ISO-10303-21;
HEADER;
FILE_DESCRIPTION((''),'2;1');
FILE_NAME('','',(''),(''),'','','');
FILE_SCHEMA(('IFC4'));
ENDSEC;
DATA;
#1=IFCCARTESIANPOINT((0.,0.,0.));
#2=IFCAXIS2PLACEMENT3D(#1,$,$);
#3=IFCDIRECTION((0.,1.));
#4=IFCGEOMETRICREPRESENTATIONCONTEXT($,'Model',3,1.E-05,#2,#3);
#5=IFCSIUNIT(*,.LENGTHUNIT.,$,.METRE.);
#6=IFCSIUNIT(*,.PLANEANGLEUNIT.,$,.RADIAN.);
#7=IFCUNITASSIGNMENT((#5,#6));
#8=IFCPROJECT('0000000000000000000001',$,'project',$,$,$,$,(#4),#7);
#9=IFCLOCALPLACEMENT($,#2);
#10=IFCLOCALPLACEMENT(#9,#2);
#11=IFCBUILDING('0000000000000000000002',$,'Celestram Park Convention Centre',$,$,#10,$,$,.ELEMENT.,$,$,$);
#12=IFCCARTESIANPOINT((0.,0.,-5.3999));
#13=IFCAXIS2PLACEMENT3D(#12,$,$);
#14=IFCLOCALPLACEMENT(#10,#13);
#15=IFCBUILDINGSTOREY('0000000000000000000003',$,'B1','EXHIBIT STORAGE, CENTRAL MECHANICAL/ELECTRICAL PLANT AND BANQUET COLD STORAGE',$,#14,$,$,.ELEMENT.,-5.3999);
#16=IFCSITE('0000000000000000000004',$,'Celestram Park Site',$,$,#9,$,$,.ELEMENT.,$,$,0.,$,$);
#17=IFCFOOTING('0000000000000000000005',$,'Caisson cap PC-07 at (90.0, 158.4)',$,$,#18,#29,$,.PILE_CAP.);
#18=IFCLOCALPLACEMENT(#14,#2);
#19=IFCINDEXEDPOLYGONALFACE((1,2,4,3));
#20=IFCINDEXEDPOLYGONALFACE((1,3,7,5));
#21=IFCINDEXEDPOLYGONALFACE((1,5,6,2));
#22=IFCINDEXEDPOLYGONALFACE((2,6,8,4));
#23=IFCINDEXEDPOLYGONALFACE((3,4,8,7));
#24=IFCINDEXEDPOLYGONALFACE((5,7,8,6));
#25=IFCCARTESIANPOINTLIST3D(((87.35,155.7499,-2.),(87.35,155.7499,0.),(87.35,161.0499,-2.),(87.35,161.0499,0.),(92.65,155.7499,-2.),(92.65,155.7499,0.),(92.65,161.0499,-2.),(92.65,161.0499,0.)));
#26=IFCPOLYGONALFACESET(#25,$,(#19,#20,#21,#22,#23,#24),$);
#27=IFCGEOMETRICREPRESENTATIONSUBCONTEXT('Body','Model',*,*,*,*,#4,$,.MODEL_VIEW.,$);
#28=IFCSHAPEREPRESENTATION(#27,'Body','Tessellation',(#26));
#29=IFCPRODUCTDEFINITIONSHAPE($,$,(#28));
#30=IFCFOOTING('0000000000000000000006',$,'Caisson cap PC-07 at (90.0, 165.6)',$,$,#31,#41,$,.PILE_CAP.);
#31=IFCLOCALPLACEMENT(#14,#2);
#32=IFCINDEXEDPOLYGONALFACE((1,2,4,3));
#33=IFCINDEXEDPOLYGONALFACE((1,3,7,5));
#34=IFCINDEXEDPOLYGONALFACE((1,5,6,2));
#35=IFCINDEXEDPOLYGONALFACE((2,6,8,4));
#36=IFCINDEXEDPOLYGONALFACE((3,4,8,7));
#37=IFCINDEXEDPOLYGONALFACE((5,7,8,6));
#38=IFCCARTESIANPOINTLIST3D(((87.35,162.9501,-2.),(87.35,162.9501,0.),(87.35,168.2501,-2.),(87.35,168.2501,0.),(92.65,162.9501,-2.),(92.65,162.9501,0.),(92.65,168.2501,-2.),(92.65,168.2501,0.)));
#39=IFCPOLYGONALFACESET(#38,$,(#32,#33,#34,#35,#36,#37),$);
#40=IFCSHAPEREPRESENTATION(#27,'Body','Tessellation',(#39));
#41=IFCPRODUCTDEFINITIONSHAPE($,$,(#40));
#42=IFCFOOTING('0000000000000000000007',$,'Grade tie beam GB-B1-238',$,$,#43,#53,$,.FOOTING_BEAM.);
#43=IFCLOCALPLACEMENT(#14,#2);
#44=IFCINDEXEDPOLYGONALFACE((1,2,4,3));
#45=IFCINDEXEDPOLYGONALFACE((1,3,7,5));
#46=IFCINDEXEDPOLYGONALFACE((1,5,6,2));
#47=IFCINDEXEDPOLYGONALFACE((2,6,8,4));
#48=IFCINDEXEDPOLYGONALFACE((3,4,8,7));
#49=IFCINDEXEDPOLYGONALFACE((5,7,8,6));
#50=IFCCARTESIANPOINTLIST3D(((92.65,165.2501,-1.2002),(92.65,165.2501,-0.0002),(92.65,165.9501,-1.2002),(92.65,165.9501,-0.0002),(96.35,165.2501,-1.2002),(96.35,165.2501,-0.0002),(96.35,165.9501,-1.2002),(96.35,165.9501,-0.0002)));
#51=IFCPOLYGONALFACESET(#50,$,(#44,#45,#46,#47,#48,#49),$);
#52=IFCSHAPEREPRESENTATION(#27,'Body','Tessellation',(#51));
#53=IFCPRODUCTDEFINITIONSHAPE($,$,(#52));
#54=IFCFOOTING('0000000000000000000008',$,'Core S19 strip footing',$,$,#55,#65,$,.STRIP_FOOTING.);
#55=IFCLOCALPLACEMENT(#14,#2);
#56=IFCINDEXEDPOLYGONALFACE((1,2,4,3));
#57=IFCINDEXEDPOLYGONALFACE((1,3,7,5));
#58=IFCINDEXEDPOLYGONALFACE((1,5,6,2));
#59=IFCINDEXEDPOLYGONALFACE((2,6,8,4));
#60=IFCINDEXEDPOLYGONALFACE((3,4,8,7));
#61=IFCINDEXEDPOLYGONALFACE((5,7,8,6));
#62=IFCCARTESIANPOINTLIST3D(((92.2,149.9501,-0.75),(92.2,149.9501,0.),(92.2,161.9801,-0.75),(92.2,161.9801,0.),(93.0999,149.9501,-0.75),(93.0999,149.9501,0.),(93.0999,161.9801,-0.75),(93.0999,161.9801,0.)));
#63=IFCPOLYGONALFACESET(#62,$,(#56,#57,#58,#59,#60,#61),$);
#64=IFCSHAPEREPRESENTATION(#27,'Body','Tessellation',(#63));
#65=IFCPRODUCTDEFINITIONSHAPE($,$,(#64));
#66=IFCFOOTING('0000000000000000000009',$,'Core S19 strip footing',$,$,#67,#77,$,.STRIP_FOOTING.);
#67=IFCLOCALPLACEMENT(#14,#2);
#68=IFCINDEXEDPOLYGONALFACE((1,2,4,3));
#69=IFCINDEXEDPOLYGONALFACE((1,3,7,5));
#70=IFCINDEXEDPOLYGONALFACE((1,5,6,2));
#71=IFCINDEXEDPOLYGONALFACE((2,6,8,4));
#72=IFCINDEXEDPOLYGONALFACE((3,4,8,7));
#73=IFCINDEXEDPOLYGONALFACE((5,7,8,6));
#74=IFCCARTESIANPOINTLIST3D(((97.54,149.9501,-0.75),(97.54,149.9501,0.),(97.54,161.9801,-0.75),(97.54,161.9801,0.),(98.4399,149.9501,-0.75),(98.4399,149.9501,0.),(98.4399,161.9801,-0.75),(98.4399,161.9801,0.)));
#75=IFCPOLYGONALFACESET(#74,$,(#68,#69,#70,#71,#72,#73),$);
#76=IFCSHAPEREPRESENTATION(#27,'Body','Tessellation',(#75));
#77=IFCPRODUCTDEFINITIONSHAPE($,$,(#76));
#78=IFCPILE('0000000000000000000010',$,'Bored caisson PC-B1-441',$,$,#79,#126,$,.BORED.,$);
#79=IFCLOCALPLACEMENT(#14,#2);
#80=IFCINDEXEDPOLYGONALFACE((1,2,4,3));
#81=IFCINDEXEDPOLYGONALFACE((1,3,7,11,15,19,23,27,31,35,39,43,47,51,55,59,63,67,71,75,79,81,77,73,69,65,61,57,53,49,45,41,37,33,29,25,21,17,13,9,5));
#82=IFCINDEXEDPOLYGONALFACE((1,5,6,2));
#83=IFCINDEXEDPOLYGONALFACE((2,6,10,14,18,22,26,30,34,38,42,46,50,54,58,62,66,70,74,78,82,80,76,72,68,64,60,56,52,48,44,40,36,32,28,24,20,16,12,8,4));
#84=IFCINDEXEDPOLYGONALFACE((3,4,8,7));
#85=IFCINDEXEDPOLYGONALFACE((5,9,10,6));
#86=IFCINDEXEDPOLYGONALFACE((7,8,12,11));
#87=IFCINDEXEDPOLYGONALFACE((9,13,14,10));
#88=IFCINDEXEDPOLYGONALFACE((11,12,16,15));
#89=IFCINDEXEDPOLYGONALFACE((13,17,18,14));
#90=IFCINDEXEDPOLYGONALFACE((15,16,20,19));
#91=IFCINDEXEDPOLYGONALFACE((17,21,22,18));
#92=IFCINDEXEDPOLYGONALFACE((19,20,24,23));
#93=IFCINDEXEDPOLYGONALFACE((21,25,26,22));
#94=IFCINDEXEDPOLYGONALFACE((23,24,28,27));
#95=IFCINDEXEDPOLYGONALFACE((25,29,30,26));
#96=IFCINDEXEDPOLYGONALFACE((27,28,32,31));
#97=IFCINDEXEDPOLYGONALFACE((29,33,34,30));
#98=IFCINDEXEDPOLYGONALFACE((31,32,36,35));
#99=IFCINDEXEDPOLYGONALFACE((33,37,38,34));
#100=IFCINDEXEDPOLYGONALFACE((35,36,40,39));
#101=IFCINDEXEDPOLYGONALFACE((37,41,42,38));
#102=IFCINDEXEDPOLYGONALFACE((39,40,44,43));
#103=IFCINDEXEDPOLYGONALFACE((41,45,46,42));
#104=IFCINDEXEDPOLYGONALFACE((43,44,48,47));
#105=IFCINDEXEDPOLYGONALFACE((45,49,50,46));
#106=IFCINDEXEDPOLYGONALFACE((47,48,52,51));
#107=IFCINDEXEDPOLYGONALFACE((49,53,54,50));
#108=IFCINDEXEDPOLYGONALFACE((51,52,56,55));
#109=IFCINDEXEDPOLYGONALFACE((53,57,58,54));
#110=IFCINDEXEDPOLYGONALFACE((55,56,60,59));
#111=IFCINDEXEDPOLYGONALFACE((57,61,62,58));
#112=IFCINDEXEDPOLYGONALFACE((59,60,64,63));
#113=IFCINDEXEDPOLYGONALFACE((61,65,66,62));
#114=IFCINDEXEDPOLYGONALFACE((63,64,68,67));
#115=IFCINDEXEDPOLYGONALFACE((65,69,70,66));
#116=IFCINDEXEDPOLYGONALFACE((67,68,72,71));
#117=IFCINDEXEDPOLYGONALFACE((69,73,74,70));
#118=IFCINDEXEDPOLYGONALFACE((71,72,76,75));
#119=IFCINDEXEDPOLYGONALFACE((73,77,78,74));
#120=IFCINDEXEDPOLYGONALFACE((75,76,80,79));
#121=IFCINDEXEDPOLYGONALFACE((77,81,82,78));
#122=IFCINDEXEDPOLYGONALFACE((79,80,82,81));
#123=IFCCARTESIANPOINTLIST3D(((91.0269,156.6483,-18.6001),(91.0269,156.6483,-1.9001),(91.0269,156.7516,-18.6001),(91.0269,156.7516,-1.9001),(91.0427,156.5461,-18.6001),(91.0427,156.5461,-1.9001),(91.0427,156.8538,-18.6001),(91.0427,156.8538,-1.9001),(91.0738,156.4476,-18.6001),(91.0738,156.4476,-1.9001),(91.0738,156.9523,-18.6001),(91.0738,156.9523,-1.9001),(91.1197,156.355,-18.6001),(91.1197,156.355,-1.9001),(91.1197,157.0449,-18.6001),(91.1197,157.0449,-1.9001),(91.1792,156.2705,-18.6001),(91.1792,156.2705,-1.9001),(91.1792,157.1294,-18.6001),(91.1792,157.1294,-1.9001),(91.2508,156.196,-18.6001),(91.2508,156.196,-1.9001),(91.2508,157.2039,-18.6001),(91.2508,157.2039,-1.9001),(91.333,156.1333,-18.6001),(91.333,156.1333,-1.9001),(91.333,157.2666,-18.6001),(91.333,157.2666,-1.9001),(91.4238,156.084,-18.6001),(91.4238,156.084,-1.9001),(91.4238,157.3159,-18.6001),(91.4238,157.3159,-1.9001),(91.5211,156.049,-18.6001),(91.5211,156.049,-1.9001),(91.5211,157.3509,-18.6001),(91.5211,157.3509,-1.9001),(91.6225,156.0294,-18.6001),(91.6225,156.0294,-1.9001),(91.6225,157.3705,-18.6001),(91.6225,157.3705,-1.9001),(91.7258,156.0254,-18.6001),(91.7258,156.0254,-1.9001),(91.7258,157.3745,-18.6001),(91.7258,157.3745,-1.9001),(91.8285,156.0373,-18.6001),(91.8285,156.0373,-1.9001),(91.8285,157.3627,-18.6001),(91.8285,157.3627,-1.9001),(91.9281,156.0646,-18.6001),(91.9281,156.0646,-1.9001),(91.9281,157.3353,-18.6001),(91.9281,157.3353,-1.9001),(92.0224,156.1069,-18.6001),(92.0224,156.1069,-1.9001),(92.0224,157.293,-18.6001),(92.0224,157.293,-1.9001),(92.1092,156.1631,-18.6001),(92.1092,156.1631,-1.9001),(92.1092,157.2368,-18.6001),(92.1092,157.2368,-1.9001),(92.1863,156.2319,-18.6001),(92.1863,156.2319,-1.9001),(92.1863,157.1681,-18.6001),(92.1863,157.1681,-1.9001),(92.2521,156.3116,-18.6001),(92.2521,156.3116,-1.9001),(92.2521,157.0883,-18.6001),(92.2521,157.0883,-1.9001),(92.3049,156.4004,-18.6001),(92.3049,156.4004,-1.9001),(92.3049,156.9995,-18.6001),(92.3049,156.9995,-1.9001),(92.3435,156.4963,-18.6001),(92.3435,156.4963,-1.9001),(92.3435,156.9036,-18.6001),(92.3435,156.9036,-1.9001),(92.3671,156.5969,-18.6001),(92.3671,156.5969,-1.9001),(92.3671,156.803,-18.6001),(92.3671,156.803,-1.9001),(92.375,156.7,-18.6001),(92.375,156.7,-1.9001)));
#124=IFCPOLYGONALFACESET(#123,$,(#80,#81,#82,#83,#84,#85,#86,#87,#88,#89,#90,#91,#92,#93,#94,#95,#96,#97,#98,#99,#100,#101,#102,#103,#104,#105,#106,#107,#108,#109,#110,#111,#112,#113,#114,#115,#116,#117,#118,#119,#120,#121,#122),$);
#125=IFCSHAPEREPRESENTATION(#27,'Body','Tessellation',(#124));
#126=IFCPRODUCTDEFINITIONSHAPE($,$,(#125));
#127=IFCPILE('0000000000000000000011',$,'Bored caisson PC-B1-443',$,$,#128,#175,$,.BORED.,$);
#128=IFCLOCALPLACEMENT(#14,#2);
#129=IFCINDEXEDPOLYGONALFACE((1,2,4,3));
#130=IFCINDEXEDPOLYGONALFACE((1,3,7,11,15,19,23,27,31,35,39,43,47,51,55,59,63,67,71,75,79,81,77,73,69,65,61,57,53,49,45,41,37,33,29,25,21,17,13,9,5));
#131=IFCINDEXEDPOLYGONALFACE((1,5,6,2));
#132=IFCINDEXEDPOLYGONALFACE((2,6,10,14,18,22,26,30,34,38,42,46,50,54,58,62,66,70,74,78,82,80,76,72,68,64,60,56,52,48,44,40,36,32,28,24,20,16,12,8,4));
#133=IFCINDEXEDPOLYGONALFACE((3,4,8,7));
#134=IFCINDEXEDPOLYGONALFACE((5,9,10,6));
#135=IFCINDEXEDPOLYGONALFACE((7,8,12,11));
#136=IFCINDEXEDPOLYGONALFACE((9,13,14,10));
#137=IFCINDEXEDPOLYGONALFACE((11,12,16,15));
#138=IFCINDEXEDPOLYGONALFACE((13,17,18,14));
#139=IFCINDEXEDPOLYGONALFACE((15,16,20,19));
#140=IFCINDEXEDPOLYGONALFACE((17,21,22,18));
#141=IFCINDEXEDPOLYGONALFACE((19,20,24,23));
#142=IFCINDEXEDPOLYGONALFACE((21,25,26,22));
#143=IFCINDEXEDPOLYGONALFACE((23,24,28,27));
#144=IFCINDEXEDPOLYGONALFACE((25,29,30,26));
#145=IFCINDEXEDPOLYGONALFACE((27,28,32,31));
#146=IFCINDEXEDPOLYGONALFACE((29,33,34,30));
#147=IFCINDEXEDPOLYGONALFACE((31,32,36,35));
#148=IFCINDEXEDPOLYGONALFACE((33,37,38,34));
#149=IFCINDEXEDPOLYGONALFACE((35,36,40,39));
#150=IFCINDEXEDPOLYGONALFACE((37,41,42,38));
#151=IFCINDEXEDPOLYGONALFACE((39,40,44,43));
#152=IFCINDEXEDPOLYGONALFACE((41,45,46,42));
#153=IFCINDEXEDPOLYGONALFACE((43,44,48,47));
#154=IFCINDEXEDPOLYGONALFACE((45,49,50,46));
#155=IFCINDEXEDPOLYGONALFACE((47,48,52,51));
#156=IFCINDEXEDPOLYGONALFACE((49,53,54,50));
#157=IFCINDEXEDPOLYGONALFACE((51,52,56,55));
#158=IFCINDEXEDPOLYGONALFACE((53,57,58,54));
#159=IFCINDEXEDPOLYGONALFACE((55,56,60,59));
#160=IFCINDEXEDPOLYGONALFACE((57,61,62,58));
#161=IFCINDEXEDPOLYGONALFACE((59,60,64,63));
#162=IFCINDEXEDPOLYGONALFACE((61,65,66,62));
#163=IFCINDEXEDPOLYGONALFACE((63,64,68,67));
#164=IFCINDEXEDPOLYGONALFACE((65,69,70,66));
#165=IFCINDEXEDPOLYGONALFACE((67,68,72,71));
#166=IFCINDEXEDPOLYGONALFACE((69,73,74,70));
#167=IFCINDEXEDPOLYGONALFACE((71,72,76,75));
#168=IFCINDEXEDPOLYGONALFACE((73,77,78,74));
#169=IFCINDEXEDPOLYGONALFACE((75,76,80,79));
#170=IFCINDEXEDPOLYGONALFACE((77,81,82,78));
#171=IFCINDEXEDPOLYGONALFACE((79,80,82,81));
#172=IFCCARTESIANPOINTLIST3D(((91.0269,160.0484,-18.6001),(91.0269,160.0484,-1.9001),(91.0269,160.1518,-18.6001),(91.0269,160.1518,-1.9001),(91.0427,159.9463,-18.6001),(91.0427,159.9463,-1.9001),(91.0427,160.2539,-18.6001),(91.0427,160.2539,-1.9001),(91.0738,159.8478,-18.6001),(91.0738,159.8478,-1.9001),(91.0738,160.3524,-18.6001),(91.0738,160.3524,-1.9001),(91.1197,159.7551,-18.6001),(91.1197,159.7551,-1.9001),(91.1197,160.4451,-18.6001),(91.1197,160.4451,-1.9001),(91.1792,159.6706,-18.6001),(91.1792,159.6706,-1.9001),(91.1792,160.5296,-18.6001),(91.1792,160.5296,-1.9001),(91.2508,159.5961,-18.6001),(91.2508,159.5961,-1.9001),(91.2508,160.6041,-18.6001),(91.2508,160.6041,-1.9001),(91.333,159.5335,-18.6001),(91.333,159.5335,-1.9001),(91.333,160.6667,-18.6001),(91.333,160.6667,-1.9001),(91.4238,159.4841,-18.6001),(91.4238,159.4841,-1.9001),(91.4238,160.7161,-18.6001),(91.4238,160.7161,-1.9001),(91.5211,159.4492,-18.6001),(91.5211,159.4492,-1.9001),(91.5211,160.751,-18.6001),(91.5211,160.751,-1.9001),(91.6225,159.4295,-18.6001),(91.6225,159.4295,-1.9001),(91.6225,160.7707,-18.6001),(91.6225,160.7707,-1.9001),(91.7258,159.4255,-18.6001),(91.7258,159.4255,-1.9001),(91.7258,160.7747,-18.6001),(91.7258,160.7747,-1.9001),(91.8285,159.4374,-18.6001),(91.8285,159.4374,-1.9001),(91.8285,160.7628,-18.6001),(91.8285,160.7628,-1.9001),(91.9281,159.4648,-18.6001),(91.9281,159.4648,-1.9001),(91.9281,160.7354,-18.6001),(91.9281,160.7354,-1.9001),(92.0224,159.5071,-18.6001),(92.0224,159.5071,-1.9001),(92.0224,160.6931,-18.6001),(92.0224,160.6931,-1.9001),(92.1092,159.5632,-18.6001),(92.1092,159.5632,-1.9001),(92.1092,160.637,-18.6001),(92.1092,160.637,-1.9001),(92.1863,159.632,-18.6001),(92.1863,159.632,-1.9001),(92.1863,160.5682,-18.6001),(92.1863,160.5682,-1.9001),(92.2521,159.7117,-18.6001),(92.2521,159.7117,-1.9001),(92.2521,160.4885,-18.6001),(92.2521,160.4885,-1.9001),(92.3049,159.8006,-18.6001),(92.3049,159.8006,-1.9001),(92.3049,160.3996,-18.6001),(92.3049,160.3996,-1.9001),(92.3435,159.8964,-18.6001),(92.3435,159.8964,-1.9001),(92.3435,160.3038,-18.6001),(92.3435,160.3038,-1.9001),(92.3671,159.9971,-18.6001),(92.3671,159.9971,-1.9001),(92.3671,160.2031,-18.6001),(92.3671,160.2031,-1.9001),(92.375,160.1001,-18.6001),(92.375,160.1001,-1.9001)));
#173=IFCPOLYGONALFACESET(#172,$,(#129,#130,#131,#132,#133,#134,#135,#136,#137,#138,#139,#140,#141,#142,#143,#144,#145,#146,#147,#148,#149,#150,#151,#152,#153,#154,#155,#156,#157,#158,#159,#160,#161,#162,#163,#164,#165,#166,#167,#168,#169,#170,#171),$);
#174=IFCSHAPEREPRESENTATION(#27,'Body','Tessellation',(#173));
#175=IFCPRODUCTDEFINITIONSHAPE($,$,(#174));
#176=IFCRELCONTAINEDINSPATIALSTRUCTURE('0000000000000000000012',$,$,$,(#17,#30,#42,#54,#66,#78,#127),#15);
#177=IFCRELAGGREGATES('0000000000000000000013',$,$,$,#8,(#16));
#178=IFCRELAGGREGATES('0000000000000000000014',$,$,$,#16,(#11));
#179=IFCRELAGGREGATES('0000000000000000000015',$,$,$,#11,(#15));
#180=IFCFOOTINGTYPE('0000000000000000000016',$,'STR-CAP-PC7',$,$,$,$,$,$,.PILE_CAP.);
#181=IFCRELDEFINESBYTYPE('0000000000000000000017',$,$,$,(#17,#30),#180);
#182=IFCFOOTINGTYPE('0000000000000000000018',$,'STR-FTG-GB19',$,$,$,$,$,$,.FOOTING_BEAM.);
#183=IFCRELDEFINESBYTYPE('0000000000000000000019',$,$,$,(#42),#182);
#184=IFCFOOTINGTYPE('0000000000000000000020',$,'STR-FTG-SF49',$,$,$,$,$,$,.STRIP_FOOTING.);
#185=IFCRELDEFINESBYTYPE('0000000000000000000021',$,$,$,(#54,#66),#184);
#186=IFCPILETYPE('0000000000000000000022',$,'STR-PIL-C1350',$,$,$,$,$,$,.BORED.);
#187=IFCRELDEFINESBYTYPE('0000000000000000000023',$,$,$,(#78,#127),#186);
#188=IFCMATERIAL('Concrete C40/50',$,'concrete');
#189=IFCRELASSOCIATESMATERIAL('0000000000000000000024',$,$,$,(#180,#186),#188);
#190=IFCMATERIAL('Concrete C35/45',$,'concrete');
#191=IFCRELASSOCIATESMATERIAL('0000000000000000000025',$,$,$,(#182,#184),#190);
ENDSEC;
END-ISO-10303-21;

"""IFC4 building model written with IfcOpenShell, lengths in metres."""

from ifc_helpers import new_model, si_unit, direction, frame, origin, origin_2d, place, context, subcontext, project, spatial, rectangle, circle, extrude, material, material_profile, profile_set, type_object, element, save


model = new_model("IFC4")

# Units and contexts
model_context = context("Model", 3, precision=1e-05, world=origin(), true_north=direction((0.0, 1.0)))
body_context = subcontext(model_context, "Body", "Model", "MODEL_VIEW")
ifc_project = project(units=[si_unit("LENGTHUNIT", "METRE"), si_unit("PLANEANGLEUNIT", "RADIAN")], contexts=[model_context])

# Site, building, storey
site_placement = place(None, origin())
site = spatial("IfcSite", under=ifc_project, at=site_placement, Name="Celestram Park Site", CompositionType="ELEMENT", RefElevation=0.0)
building_placement = place(site_placement, origin())
building = spatial("IfcBuilding", under=site, at=building_placement, Name="Celestram Park Convention Centre", CompositionType="ELEMENT")
storey_placement = place(building_placement, frame((0.0, 0.0, -5.3999)))
storey = spatial("IfcBuildingStorey", under=building, at=storey_placement, Name="B1", Description="EXHIBIT STORAGE, CENTRAL MECHANICAL/ELECTRICAL PLANT AND BANQUET COLD STORAGE", CompositionType="ELEMENT", Elevation=-5.3999)

# Footings
ifc_material_1 = material(Name="Concrete C40/50", Category="concrete")
footing_type_1 = type_object("IfcFootingType", Name="STR-CAP-PC7", PredefinedType="PILE_CAP", material=ifc_material_1)
for number, where, z_axis, x_axis, name in (
    (1, (90.0, 158.3999, -2.0), (0.0, 0.0, 1.0), (1.0, 0.0, 0.0), "Caisson cap PC-07 at (90.0, 158.4)"),
    (2, (90.0, 165.6001, -2.0), (0.0, 0.0, 1.0), (1.0, 0.0, 0.0), "Caisson cap PC-07 at (90.0, 165.6)"),
):
    element("IfcFooting", number, at=place(storey_placement, frame(where, z_axis=z_axis, x_axis=x_axis)), inside=storey, type_object=footing_type_1, Name=name, PredefinedType="PILE_CAP", context=body_context, shape_type="SweptSolid", body=[
        extrude(rectangle(XDim=5.3, YDim=5.3, at=origin_2d()), origin(), (0.0, 0.0, 1.0), 2.0),
    ])
ifc_material_2 = material(Name="Concrete C35/45", Category="concrete")
footing_type_2 = type_object("IfcFootingType", Name="STR-FTG-GB19", PredefinedType="FOOTING_BEAM", material=ifc_material_2)
footing_placement = place(storey_placement, frame((94.5, 165.6001, -1.2002), z_axis=(0.0, 0.0, 1.0), x_axis=(1.0, 0.0, 0.0)))
element("IfcFooting", 3, at=footing_placement, inside=storey, type_object=footing_type_2, Name="Grade tie beam GB-B1-238", PredefinedType="FOOTING_BEAM", context=body_context, shape_type="SweptSolid", body=[
    extrude(rectangle(XDim=3.7, YDim=0.7, at=origin_2d()), origin(), (0.0, 0.0, 1.0), 1.2),
])
footing_type_3 = type_object("IfcFootingType", Name="STR-FTG-SF49", PredefinedType="STRIP_FOOTING", material=ifc_material_2)
for number, where, z_axis, x_axis, name in (
    (4, (92.6499, 155.9651, -0.75), (0.0, 0.0, 1.0), (0.0, 1.0, 0.0), "Core S19 strip footing"),
    (5, (97.99, 155.9651, -0.75), (0.0, 0.0, 1.0), (0.0, 1.0, 0.0), "Core S19 strip footing"),
):
    element("IfcFooting", number, at=place(storey_placement, frame(where, z_axis=z_axis, x_axis=x_axis)), inside=storey, type_object=footing_type_3, Name=name, PredefinedType="STRIP_FOOTING", context=body_context, shape_type="SweptSolid", body=[
        extrude(rectangle(XDim=12.03, YDim=0.8999, at=origin_2d()), origin(), (0.0, 0.0, 1.0), 0.75),
    ])

# Piles
ifc_material_profile_1 = material_profile(ifc_material_1, circle(Radius=0.675, at=origin_2d()), Name="CAISSON1350")
ifc_profile_set_1 = profile_set([ifc_material_profile_1], Name="Concrete C40/50")
pile_type = type_object("IfcPileType", Name="STR-PIL-C1350", PredefinedType="BORED", material=ifc_profile_set_1)
for number, where, z_axis, x_axis, name in (
    (6, (91.7, 156.7, -1.9001), (0.0, 0.0, -1.0), (1.0, 0.0, 0.0), "Bored caisson PC-B1-441"),
    (7, (91.7, 160.1001, -1.9001), (0.0, 0.0, -1.0), (1.0, 0.0, 0.0), "Bored caisson PC-B1-443"),
):
    element("IfcPile", number, at=place(storey_placement, frame(where, z_axis=z_axis, x_axis=x_axis)), inside=storey, type_object=pile_type, Name=name, PredefinedType="BORED", context=body_context, shape_type="SweptSolid", body=[
        extrude(circle(Radius=0.675, at=origin_2d()), origin(), (0.0, 0.0, 1.0), 16.7),
    ])

save(model, "model.ifc")
